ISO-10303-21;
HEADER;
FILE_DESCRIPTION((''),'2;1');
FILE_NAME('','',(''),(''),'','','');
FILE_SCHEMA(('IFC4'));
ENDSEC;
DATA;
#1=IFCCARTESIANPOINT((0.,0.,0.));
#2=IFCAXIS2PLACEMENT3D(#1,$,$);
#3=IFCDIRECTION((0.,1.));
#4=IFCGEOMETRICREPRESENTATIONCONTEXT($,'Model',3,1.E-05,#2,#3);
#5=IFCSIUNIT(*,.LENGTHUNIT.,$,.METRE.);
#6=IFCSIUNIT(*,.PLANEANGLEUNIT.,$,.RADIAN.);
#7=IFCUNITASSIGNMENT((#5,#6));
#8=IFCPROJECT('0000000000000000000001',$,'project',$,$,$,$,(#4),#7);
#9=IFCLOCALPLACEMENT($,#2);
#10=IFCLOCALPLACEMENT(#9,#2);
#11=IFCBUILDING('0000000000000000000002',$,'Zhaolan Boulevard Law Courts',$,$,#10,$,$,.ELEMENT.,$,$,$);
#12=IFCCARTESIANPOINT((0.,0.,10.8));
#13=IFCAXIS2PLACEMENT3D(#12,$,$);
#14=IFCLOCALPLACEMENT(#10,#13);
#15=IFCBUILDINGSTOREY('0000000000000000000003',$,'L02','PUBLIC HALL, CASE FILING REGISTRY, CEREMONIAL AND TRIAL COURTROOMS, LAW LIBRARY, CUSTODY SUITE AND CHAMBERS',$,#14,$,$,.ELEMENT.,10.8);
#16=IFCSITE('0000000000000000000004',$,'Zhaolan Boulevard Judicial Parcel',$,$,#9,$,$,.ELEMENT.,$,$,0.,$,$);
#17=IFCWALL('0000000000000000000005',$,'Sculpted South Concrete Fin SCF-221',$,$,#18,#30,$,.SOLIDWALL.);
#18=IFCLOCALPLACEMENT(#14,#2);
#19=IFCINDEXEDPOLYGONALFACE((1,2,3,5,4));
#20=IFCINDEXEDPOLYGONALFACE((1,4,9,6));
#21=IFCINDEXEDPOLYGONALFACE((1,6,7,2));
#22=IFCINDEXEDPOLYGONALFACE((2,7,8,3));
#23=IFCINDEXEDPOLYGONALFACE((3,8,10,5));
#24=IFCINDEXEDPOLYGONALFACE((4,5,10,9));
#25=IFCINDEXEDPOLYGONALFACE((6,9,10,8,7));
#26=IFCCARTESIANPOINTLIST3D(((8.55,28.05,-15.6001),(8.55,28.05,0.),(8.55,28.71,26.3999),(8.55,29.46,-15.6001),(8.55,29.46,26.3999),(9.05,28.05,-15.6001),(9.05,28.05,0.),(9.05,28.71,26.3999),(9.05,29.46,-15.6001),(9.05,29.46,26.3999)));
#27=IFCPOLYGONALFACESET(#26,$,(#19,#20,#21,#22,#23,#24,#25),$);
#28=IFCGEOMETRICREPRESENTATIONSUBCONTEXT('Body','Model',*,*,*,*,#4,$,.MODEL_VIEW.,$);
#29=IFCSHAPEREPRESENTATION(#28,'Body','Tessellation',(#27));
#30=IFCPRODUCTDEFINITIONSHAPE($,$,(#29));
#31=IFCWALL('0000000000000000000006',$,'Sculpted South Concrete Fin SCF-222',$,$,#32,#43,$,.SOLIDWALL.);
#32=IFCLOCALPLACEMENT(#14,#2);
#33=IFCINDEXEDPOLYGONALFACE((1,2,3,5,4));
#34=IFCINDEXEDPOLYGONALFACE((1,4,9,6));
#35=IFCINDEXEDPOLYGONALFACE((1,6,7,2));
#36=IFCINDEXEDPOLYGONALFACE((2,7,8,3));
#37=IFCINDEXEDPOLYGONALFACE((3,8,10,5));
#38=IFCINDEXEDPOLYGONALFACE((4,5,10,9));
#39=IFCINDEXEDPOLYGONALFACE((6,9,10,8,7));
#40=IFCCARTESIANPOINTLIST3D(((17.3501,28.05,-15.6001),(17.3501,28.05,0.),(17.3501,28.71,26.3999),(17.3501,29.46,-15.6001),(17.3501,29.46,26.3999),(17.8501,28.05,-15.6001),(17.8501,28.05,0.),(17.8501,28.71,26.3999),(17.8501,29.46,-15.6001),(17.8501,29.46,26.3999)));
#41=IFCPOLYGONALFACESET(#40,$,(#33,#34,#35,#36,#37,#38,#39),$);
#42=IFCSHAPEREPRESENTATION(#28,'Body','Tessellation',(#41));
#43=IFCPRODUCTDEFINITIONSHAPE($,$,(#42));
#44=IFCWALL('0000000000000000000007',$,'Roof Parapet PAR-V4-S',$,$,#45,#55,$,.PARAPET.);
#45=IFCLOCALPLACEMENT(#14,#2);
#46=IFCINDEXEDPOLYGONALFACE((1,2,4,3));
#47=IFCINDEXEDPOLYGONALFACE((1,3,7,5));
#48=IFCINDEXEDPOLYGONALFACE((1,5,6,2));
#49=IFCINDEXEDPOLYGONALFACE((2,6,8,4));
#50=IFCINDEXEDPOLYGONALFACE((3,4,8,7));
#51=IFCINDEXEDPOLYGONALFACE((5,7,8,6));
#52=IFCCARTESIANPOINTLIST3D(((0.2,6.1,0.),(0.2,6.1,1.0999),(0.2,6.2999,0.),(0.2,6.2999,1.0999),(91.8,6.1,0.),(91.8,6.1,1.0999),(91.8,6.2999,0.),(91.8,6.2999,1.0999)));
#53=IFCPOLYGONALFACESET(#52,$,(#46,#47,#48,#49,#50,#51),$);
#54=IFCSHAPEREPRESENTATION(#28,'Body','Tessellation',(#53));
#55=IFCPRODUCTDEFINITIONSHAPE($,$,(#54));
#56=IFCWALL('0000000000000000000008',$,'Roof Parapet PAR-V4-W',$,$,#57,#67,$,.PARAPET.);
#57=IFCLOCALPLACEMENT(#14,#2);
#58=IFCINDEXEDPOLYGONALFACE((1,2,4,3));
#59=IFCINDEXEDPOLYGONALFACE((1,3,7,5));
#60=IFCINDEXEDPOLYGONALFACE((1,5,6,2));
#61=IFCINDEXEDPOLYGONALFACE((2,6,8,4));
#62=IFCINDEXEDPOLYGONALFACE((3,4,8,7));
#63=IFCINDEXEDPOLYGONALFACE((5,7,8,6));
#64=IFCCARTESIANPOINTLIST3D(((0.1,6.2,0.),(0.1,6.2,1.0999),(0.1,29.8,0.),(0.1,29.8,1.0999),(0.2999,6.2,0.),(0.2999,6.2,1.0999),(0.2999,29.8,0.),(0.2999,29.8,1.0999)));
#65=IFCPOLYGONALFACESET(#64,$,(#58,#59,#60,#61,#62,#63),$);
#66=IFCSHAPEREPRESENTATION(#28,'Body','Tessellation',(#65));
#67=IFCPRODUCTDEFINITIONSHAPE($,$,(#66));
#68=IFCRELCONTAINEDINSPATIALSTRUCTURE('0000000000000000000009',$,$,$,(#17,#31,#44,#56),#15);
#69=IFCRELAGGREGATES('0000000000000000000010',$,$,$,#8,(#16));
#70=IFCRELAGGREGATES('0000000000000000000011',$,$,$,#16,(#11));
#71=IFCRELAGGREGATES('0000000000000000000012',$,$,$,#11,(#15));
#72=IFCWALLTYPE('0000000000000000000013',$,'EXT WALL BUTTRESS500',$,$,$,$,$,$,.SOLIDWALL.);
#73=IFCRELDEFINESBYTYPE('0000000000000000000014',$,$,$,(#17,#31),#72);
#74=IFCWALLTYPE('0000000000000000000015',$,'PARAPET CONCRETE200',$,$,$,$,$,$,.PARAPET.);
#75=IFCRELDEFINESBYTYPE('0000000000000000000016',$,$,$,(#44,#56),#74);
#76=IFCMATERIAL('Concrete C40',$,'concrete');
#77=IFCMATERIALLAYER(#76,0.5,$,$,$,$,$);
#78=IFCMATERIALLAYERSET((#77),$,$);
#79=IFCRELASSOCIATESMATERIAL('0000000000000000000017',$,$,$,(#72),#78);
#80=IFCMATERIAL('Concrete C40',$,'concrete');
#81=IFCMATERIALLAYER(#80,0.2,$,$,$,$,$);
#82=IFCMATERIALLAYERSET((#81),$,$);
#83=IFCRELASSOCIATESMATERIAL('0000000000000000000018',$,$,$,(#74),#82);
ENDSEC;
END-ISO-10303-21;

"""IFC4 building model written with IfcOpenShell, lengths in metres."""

from ifc_helpers import new_model, si_unit, direction, frame, frame_2d, origin, place, context, subcontext, project, spatial, polyline, rectangle, outline, extrude, material, layer, layer_set, type_object, element, save


model = new_model("IFC4")

# Units and contexts
model_context = context("Model", 3, precision=1e-05, world=origin(), true_north=direction((0.0, 1.0)))
body_context = subcontext(model_context, "Body", "Model", "MODEL_VIEW")
ifc_project = project(units=[si_unit("LENGTHUNIT", "METRE"), si_unit("PLANEANGLEUNIT", "RADIAN")], contexts=[model_context])

# Site, building, storey
site_placement = place(None, origin())
site = spatial("IfcSite", under=ifc_project, at=site_placement, Name="Zhaolan Boulevard Judicial Parcel", CompositionType="ELEMENT", RefElevation=0.0)
building_placement = place(site_placement, origin())
building = spatial("IfcBuilding", under=site, at=building_placement, Name="Zhaolan Boulevard Law Courts", CompositionType="ELEMENT")
storey_placement = place(building_placement, frame((0.0, 0.0, 10.8)))
storey = spatial("IfcBuildingStorey", under=building, at=storey_placement, Name="L02", Description="PUBLIC HALL, CASE FILING REGISTRY, CEREMONIAL AND TRIAL COURTROOMS, LAW LIBRARY, CUSTODY SUITE AND CHAMBERS", CompositionType="ELEMENT", Elevation=10.8)

# Walls
ifc_material_1 = material(Name="Concrete C40", Category="concrete")
ifc_layer_1 = layer(ifc_material_1, 0.5)
ifc_layer_set_1 = layer_set([ifc_layer_1])
wall_type_1 = type_object("IfcWallType", Name="EXT WALL BUTTRESS500", PredefinedType="SOLIDWALL", material=ifc_layer_set_1)
for number, where, z_axis, x_axis, name in (
    (1, (8.8, 29.46, -15.6001), (0.0, 0.0, 1.0), (0.0, -1.0, 0.0), "Sculpted South Concrete Fin SCF-221"),
    (2, (17.6001, 29.46, -15.6001), (0.0, 0.0, 1.0), (0.0, -1.0, 0.0), "Sculpted South Concrete Fin SCF-222"),
):
    element("IfcWall", number, at=place(storey_placement, frame(where, z_axis=z_axis, x_axis=x_axis)), inside=storey, type_object=wall_type_1, Name=name, PredefinedType="SOLIDWALL", context=body_context, shape_type="SweptSolid", body=[
        extrude(outline(polyline([(0.0, 0.0), (1.4099, 0.0), (1.4099, 15.6001), (0.75, 42.0), (0.0, 42.0), (0.0, 0.0)])), frame((0.0, 0.25, 0.0), z_axis=(0.0, -1.0, 0.0), x_axis=(1.0, 0.0, 0.0)), (0.0, 0.0, 1.0), 0.5),
    ])
ifc_material_2 = material(Name="Concrete C40", Category="concrete")
ifc_layer_2 = layer(ifc_material_2, 0.2)
ifc_layer_set_2 = layer_set([ifc_layer_2])
wall_type_2 = type_object("IfcWallType", Name="PARAPET CONCRETE200", PredefinedType="PARAPET", material=ifc_layer_set_2)
wall_1_placement = place(storey_placement, frame((0.2, 6.2, 0.0), z_axis=(0.0, 0.0, 1.0), x_axis=(1.0, 0.0, 0.0)))
element("IfcWall", 3, at=wall_1_placement, inside=storey, type_object=wall_type_2, Name="Roof Parapet PAR-V4-S", PredefinedType="PARAPET", context=body_context, shape_type="SweptSolid", body=[
    extrude(rectangle(XDim=91.6001, YDim=0.2, at=frame_2d((45.8, 0.0))), origin(), (0.0, 0.0, 1.0), 1.0999),
])
wall_2_placement = place(storey_placement, frame((0.2, 6.2, 0.0), z_axis=(0.0, 0.0, 1.0), x_axis=(0.0, 1.0, 0.0)))
element("IfcWall", 4, at=wall_2_placement, inside=storey, type_object=wall_type_2, Name="Roof Parapet PAR-V4-W", PredefinedType="PARAPET", context=body_context, shape_type="SweptSolid", body=[
    extrude(rectangle(XDim=23.6001, YDim=0.2, at=frame_2d((11.8, 0.0))), origin(), (0.0, 0.0, 1.0), 1.0999),
])

save(model, "model.ifc")
